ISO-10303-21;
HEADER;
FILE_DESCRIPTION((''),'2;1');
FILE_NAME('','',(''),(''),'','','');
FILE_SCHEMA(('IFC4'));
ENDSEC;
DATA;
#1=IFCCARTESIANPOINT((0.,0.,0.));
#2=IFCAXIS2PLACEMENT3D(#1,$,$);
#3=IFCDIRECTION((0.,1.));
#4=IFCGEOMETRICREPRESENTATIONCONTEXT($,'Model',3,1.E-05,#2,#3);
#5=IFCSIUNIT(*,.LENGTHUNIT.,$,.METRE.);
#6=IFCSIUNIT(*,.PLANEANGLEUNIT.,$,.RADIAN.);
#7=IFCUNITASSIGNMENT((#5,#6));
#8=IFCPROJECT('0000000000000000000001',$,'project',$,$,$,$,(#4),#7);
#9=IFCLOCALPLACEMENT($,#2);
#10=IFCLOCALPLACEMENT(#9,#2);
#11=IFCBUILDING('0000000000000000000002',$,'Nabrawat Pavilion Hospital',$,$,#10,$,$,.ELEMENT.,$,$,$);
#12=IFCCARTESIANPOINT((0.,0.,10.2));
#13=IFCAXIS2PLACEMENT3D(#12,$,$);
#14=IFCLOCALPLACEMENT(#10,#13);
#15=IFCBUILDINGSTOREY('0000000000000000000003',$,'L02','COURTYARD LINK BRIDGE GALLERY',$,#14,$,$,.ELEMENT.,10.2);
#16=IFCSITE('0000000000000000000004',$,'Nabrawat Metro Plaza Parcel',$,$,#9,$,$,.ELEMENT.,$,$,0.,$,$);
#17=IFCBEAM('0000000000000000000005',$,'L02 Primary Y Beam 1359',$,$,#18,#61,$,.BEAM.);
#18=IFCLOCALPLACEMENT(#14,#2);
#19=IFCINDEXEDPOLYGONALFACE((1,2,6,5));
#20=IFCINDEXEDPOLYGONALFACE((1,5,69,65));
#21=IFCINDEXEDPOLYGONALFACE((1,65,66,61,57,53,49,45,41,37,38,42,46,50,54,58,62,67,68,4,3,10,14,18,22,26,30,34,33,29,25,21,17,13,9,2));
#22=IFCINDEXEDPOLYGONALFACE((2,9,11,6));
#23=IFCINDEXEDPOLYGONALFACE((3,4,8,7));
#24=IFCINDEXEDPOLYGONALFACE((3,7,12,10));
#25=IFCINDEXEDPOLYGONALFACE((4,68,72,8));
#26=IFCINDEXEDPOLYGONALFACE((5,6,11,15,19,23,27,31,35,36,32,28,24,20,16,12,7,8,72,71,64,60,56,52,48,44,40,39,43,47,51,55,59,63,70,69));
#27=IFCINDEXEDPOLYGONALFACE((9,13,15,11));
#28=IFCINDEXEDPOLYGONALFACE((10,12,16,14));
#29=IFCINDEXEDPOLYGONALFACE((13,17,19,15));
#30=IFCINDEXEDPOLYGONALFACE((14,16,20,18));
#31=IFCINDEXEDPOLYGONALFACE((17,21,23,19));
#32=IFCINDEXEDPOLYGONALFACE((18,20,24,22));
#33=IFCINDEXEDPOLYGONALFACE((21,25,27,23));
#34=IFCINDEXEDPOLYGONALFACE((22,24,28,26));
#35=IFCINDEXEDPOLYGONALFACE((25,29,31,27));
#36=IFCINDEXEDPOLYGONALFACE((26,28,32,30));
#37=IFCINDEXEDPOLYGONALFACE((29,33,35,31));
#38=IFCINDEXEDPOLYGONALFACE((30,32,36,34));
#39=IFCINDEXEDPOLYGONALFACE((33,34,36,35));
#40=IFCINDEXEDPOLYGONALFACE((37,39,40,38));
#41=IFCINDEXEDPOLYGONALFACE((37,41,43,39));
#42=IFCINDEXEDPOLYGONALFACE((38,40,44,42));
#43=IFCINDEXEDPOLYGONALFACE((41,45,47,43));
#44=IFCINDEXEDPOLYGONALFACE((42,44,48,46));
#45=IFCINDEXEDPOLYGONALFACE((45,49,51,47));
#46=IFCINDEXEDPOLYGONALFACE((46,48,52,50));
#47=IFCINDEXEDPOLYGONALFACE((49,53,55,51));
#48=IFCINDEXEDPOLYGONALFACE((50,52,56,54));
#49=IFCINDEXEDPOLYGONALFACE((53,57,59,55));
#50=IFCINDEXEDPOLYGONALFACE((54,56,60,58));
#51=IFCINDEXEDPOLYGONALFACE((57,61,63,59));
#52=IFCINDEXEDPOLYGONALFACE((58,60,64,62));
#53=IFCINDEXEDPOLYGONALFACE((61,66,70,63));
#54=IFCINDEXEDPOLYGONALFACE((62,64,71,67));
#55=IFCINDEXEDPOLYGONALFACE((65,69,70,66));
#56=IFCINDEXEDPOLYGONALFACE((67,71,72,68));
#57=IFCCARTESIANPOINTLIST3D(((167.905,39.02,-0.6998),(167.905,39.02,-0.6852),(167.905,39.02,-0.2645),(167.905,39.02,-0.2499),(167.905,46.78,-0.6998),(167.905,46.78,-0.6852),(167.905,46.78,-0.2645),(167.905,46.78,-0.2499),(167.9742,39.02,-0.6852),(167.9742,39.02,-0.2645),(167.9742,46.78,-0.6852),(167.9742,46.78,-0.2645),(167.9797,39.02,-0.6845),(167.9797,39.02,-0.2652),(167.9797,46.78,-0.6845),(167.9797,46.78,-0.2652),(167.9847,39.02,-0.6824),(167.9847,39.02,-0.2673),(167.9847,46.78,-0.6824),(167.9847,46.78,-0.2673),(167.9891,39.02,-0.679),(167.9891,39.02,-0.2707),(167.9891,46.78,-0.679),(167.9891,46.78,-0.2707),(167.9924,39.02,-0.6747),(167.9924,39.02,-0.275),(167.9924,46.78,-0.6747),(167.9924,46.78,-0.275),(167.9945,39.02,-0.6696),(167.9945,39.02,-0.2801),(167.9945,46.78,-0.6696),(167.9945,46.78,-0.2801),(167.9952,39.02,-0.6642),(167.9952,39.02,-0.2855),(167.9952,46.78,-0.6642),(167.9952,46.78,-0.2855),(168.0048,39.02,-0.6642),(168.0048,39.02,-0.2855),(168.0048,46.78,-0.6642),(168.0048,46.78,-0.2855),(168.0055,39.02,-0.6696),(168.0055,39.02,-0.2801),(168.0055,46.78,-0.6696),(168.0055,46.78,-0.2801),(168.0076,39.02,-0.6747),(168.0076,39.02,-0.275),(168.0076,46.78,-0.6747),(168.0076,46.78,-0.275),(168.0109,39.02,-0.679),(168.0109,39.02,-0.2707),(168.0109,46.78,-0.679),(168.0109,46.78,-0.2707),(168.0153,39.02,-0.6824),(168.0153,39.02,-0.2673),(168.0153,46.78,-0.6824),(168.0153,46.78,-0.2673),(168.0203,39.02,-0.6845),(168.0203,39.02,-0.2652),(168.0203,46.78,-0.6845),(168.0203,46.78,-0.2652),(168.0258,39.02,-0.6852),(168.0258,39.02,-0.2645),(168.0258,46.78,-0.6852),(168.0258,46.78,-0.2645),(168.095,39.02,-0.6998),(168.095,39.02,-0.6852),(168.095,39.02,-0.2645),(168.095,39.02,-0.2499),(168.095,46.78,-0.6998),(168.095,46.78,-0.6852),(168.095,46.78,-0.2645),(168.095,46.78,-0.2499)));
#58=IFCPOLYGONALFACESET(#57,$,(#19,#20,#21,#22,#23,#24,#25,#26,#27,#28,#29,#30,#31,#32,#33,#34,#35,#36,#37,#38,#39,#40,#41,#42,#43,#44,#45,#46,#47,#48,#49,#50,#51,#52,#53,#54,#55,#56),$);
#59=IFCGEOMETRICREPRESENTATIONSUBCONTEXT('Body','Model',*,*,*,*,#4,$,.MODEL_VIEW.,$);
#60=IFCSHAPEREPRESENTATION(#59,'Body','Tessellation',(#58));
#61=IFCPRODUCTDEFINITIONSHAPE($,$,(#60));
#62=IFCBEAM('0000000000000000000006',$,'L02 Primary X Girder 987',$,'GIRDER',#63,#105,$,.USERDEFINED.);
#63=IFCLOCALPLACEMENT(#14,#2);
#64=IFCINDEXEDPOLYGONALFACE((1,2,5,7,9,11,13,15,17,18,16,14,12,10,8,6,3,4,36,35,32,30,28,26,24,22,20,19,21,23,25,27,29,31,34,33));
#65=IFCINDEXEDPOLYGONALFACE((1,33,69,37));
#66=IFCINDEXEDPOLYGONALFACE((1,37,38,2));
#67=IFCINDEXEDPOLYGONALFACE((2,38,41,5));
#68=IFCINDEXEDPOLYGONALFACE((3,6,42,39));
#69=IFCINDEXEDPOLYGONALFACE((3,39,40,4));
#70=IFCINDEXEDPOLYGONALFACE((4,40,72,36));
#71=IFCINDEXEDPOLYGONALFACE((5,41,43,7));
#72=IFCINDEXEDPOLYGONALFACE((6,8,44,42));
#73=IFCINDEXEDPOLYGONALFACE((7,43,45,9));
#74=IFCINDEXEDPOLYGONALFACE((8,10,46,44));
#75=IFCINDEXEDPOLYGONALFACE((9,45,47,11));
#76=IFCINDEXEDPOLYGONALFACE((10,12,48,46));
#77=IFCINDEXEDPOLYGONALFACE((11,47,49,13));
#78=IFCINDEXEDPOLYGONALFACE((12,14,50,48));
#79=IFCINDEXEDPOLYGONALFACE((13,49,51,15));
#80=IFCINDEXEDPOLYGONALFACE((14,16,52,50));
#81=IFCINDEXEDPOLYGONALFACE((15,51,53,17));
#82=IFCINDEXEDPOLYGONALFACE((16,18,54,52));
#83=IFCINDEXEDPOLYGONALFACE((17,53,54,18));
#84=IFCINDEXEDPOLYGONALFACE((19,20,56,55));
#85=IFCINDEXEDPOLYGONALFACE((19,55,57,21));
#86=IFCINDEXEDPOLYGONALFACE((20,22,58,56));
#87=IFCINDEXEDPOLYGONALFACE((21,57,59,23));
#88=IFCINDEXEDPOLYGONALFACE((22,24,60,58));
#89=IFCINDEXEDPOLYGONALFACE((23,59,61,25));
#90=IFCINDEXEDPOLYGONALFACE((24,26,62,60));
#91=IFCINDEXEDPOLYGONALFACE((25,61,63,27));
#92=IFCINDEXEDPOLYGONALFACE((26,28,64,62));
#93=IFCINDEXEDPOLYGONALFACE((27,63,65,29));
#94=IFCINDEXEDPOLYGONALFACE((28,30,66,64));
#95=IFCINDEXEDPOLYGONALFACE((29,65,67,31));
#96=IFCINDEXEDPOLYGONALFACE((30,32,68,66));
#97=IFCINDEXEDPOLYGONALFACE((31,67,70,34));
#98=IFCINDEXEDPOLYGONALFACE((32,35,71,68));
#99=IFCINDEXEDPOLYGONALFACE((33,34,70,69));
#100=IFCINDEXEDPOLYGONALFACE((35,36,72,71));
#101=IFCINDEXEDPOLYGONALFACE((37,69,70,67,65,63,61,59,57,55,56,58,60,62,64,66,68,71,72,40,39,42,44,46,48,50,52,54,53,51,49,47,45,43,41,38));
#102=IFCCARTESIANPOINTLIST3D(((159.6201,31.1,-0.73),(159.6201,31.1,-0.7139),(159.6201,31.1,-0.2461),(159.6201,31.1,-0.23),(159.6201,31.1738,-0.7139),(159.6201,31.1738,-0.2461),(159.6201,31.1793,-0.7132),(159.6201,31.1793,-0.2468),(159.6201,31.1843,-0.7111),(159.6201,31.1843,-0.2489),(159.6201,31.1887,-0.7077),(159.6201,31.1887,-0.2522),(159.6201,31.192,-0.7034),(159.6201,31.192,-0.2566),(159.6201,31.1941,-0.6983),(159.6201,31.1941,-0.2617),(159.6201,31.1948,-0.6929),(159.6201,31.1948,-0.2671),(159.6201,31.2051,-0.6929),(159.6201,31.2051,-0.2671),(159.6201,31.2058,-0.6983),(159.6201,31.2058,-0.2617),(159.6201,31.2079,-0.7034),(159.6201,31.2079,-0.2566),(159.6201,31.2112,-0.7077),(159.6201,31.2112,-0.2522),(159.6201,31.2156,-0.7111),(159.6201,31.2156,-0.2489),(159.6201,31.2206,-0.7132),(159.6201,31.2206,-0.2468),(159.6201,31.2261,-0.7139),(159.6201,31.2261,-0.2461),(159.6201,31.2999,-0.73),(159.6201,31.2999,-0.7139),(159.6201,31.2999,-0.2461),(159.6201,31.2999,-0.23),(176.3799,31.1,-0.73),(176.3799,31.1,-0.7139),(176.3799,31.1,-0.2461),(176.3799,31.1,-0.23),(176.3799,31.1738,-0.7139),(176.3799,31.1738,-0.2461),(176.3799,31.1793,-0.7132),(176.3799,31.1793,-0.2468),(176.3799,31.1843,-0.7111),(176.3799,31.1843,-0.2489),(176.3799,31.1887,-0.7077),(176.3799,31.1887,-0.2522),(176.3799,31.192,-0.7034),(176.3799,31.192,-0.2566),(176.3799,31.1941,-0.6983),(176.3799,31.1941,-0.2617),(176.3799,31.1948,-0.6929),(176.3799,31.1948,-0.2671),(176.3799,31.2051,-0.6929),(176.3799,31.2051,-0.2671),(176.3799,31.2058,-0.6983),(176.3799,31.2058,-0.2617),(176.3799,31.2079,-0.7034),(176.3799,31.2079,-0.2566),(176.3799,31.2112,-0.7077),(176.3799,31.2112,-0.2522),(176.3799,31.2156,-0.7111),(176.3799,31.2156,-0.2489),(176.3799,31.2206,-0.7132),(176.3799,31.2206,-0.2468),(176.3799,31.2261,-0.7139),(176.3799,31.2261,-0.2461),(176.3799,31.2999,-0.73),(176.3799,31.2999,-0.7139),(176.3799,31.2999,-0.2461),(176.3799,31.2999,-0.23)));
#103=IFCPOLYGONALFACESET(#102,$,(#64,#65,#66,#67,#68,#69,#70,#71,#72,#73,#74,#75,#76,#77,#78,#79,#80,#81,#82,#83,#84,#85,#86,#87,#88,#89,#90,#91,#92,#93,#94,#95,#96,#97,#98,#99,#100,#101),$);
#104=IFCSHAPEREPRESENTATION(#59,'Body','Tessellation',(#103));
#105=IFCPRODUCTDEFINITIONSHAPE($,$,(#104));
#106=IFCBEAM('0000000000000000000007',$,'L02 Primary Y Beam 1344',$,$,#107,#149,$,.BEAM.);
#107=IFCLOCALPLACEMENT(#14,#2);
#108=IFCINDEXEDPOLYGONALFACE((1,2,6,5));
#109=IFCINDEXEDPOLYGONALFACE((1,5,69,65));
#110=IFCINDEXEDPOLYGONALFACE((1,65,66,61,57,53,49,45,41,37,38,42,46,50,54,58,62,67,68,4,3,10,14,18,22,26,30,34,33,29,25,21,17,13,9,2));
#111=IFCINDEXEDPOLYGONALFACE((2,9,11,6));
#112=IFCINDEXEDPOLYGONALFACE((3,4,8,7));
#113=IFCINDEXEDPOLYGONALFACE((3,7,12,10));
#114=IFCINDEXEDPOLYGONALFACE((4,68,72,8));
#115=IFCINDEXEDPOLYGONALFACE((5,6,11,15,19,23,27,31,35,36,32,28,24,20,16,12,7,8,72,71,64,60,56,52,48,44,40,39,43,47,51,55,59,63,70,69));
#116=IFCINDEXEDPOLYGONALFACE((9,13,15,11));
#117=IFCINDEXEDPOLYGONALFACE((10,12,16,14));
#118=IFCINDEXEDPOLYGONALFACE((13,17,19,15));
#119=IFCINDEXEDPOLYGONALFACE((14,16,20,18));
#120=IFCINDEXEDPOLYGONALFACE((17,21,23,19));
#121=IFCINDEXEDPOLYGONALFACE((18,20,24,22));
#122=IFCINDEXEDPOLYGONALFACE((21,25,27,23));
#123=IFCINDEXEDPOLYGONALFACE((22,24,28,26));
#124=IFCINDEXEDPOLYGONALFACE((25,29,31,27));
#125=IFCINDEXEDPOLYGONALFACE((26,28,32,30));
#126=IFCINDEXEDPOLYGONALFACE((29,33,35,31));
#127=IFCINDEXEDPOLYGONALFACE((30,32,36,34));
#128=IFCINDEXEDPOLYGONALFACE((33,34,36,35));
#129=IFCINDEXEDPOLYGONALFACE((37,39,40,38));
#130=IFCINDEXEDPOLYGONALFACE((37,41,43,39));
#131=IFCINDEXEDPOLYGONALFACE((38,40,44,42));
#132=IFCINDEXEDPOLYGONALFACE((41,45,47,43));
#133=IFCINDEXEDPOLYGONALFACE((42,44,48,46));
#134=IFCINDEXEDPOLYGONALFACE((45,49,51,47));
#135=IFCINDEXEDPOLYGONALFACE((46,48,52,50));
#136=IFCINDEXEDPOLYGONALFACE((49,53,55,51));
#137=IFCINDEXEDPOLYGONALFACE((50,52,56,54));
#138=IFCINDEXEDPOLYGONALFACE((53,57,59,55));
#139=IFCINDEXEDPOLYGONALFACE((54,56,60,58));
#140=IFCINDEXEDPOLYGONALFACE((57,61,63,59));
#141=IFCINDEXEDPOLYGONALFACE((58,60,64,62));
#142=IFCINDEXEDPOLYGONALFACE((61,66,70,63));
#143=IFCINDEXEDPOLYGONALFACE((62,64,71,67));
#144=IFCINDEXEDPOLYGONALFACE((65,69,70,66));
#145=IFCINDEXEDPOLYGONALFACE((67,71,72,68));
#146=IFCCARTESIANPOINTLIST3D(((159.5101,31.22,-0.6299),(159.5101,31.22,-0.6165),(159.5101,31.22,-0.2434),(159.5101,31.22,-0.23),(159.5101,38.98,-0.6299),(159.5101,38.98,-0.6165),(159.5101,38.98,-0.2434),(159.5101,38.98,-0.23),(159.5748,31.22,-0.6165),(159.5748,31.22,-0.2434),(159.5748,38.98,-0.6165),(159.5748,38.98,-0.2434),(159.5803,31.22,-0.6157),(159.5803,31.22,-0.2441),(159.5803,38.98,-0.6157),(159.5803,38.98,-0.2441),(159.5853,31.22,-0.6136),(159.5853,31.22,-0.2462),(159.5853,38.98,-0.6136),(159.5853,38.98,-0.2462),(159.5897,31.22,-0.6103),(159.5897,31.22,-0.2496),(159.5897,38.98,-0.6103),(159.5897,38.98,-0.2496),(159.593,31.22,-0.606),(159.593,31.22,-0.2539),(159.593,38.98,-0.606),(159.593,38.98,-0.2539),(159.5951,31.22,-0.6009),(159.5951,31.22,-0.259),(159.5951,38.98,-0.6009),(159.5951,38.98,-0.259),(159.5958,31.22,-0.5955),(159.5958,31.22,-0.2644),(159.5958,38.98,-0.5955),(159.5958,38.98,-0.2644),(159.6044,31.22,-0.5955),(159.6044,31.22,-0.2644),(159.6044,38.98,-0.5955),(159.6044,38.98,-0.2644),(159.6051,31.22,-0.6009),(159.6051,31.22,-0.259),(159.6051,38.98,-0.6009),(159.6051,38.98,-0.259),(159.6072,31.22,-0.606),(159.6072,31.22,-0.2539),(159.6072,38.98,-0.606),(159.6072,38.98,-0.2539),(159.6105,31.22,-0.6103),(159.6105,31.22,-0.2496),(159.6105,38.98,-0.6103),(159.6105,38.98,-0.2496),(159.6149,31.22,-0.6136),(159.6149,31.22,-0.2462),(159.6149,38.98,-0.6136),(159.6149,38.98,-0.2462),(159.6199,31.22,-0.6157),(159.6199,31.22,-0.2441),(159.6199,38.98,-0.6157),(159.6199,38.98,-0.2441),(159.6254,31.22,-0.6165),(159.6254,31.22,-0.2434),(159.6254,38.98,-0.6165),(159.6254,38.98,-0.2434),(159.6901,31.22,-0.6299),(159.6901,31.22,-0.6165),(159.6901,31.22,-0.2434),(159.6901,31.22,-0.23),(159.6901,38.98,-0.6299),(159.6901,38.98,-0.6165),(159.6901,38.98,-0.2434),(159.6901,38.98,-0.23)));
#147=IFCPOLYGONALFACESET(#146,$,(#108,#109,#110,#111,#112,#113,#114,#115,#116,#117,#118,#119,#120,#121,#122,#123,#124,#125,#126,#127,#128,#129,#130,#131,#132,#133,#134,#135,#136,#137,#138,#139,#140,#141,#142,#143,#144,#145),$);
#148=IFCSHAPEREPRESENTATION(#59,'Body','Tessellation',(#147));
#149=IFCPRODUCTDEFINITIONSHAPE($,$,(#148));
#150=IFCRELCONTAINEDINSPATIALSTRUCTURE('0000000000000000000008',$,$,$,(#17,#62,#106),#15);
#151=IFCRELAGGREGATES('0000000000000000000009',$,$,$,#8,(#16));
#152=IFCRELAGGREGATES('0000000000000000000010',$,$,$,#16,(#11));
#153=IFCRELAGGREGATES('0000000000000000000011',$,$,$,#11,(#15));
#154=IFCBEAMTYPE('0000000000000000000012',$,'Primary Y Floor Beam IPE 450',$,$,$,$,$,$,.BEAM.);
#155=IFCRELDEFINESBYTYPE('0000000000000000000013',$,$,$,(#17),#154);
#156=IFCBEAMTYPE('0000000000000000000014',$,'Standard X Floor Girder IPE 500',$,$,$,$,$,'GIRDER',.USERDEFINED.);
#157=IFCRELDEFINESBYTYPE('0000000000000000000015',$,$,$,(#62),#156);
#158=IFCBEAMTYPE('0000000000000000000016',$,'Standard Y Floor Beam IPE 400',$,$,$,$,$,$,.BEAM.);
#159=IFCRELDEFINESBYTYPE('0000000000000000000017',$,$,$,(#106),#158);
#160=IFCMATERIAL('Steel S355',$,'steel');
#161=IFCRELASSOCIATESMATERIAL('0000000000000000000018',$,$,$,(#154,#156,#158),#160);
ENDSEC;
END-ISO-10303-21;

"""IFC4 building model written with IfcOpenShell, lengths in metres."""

from ifc_helpers import new_model, si_unit, direction, frame, origin, origin_2d, place, context, subcontext, project, spatial, i_section, extrude, material, material_profile, profile_set, type_object, element, save


model = new_model("IFC4")

# Units and contexts
model_context = context("Model", 3, precision=1e-05, world=origin(), true_north=direction((0.0, 1.0)))
body_context = subcontext(model_context, "Body", "Model", "MODEL_VIEW")
ifc_project = project(units=[si_unit("LENGTHUNIT", "METRE"), si_unit("PLANEANGLEUNIT", "RADIAN")], contexts=[model_context])

# Site, building, storey
site_placement = place(None, origin())
site = spatial("IfcSite", under=ifc_project, at=site_placement, Name="Nabrawat Metro Plaza Parcel", CompositionType="ELEMENT", RefElevation=0.0)
building_placement = place(site_placement, origin())
building = spatial("IfcBuilding", under=site, at=building_placement, Name="Nabrawat Pavilion Hospital", CompositionType="ELEMENT")
storey_placement = place(building_placement, frame((0.0, 0.0, 10.2)))
storey = spatial("IfcBuildingStorey", under=building, at=storey_placement, Name="L02", Description="COURTYARD LINK BRIDGE GALLERY", CompositionType="ELEMENT", Elevation=10.2)

# Shared definitions
ifc_material_1 = material(Name="Steel S355", Category="steel")

# Beams
ifc_material_profile_1 = material_profile(ifc_material_1, i_section(OverallWidth=0.1899, OverallDepth=0.45, WebThickness=0.0095, FlangeThickness=0.0146, FilletRadius=0.021, at=origin_2d()), Name="IPE 450")
ifc_profile_set_1 = profile_set([ifc_material_profile_1], Name="Steel S355")
beam_type_1 = type_object("IfcBeamType", Name="Primary Y Floor Beam IPE 450", PredefinedType="BEAM", material=ifc_profile_set_1)
for number, where, z_axis, x_axis, name in (
    (1, (168.0, 39.02, -0.4749), (0.0, 1.0, 0.0), (-1.0, 0.0, 0.0), "L02 Primary Y Beam 1359"),
):
    element("IfcBeam", number, at=place(storey_placement, frame(where, z_axis=z_axis, x_axis=x_axis)), inside=storey, type_object=beam_type_1, Name=name, PredefinedType="BEAM", context=body_context, shape_type="SweptSolid", body=[
        extrude(i_section(OverallWidth=0.1899, OverallDepth=0.45, WebThickness=0.0095, FlangeThickness=0.0146, FilletRadius=0.021, at=origin_2d()), origin(), (0.0, 0.0, 1.0), 7.76),
    ])
ifc_material_profile_2 = material_profile(ifc_material_1, i_section(OverallWidth=0.2, OverallDepth=0.5, WebThickness=0.0103, FlangeThickness=0.0161, FilletRadius=0.021, at=origin_2d()), Name="IPE 500")
ifc_profile_set_2 = profile_set([ifc_material_profile_2], Name="Steel S355")
beam_type_2 = type_object("IfcBeamType", Name="Standard X Floor Girder IPE 500", ElementType="GIRDER", PredefinedType="USERDEFINED", material=ifc_profile_set_2)
beam_1_placement = place(storey_placement, frame((159.6201, 31.2, -0.48), z_axis=(1.0, 0.0, 0.0), x_axis=(0.0, 1.0, 0.0)))
element("IfcBeam", 2, at=beam_1_placement, inside=storey, type_object=beam_type_2, Name="L02 Primary X Girder 987", ObjectType="GIRDER", PredefinedType="USERDEFINED", context=body_context, shape_type="SweptSolid", body=[
    extrude(i_section(OverallWidth=0.2, OverallDepth=0.5, WebThickness=0.0103, FlangeThickness=0.0161, FilletRadius=0.021, at=origin_2d()), origin(), (0.0, 0.0, 1.0), 16.7598),
])
ifc_material_profile_3 = material_profile(ifc_material_1, i_section(OverallWidth=0.1799, OverallDepth=0.3999, WebThickness=0.0085, FlangeThickness=0.0134, FilletRadius=0.021, at=origin_2d()), Name="IPE 400")
ifc_profile_set_3 = profile_set([ifc_material_profile_3], Name="Steel S355")
beam_type_3 = type_object("IfcBeamType", Name="Standard Y Floor Beam IPE 400", PredefinedType="BEAM", material=ifc_profile_set_3)
beam_2_placement = place(storey_placement, frame((159.6001, 31.22, -0.4299), z_axis=(0.0, 1.0, 0.0), x_axis=(-1.0, 0.0, 0.0)))
element("IfcBeam", 3, at=beam_2_placement, inside=storey, type_object=beam_type_3, Name="L02 Primary Y Beam 1344", PredefinedType="BEAM", context=body_context, shape_type="SweptSolid", body=[
    extrude(i_section(OverallWidth=0.1799, OverallDepth=0.3999, WebThickness=0.0085, FlangeThickness=0.0134, FilletRadius=0.021, at=origin_2d()), origin(), (0.0, 0.0, 1.0), 7.76),
])

save(model, "model.ifc")
